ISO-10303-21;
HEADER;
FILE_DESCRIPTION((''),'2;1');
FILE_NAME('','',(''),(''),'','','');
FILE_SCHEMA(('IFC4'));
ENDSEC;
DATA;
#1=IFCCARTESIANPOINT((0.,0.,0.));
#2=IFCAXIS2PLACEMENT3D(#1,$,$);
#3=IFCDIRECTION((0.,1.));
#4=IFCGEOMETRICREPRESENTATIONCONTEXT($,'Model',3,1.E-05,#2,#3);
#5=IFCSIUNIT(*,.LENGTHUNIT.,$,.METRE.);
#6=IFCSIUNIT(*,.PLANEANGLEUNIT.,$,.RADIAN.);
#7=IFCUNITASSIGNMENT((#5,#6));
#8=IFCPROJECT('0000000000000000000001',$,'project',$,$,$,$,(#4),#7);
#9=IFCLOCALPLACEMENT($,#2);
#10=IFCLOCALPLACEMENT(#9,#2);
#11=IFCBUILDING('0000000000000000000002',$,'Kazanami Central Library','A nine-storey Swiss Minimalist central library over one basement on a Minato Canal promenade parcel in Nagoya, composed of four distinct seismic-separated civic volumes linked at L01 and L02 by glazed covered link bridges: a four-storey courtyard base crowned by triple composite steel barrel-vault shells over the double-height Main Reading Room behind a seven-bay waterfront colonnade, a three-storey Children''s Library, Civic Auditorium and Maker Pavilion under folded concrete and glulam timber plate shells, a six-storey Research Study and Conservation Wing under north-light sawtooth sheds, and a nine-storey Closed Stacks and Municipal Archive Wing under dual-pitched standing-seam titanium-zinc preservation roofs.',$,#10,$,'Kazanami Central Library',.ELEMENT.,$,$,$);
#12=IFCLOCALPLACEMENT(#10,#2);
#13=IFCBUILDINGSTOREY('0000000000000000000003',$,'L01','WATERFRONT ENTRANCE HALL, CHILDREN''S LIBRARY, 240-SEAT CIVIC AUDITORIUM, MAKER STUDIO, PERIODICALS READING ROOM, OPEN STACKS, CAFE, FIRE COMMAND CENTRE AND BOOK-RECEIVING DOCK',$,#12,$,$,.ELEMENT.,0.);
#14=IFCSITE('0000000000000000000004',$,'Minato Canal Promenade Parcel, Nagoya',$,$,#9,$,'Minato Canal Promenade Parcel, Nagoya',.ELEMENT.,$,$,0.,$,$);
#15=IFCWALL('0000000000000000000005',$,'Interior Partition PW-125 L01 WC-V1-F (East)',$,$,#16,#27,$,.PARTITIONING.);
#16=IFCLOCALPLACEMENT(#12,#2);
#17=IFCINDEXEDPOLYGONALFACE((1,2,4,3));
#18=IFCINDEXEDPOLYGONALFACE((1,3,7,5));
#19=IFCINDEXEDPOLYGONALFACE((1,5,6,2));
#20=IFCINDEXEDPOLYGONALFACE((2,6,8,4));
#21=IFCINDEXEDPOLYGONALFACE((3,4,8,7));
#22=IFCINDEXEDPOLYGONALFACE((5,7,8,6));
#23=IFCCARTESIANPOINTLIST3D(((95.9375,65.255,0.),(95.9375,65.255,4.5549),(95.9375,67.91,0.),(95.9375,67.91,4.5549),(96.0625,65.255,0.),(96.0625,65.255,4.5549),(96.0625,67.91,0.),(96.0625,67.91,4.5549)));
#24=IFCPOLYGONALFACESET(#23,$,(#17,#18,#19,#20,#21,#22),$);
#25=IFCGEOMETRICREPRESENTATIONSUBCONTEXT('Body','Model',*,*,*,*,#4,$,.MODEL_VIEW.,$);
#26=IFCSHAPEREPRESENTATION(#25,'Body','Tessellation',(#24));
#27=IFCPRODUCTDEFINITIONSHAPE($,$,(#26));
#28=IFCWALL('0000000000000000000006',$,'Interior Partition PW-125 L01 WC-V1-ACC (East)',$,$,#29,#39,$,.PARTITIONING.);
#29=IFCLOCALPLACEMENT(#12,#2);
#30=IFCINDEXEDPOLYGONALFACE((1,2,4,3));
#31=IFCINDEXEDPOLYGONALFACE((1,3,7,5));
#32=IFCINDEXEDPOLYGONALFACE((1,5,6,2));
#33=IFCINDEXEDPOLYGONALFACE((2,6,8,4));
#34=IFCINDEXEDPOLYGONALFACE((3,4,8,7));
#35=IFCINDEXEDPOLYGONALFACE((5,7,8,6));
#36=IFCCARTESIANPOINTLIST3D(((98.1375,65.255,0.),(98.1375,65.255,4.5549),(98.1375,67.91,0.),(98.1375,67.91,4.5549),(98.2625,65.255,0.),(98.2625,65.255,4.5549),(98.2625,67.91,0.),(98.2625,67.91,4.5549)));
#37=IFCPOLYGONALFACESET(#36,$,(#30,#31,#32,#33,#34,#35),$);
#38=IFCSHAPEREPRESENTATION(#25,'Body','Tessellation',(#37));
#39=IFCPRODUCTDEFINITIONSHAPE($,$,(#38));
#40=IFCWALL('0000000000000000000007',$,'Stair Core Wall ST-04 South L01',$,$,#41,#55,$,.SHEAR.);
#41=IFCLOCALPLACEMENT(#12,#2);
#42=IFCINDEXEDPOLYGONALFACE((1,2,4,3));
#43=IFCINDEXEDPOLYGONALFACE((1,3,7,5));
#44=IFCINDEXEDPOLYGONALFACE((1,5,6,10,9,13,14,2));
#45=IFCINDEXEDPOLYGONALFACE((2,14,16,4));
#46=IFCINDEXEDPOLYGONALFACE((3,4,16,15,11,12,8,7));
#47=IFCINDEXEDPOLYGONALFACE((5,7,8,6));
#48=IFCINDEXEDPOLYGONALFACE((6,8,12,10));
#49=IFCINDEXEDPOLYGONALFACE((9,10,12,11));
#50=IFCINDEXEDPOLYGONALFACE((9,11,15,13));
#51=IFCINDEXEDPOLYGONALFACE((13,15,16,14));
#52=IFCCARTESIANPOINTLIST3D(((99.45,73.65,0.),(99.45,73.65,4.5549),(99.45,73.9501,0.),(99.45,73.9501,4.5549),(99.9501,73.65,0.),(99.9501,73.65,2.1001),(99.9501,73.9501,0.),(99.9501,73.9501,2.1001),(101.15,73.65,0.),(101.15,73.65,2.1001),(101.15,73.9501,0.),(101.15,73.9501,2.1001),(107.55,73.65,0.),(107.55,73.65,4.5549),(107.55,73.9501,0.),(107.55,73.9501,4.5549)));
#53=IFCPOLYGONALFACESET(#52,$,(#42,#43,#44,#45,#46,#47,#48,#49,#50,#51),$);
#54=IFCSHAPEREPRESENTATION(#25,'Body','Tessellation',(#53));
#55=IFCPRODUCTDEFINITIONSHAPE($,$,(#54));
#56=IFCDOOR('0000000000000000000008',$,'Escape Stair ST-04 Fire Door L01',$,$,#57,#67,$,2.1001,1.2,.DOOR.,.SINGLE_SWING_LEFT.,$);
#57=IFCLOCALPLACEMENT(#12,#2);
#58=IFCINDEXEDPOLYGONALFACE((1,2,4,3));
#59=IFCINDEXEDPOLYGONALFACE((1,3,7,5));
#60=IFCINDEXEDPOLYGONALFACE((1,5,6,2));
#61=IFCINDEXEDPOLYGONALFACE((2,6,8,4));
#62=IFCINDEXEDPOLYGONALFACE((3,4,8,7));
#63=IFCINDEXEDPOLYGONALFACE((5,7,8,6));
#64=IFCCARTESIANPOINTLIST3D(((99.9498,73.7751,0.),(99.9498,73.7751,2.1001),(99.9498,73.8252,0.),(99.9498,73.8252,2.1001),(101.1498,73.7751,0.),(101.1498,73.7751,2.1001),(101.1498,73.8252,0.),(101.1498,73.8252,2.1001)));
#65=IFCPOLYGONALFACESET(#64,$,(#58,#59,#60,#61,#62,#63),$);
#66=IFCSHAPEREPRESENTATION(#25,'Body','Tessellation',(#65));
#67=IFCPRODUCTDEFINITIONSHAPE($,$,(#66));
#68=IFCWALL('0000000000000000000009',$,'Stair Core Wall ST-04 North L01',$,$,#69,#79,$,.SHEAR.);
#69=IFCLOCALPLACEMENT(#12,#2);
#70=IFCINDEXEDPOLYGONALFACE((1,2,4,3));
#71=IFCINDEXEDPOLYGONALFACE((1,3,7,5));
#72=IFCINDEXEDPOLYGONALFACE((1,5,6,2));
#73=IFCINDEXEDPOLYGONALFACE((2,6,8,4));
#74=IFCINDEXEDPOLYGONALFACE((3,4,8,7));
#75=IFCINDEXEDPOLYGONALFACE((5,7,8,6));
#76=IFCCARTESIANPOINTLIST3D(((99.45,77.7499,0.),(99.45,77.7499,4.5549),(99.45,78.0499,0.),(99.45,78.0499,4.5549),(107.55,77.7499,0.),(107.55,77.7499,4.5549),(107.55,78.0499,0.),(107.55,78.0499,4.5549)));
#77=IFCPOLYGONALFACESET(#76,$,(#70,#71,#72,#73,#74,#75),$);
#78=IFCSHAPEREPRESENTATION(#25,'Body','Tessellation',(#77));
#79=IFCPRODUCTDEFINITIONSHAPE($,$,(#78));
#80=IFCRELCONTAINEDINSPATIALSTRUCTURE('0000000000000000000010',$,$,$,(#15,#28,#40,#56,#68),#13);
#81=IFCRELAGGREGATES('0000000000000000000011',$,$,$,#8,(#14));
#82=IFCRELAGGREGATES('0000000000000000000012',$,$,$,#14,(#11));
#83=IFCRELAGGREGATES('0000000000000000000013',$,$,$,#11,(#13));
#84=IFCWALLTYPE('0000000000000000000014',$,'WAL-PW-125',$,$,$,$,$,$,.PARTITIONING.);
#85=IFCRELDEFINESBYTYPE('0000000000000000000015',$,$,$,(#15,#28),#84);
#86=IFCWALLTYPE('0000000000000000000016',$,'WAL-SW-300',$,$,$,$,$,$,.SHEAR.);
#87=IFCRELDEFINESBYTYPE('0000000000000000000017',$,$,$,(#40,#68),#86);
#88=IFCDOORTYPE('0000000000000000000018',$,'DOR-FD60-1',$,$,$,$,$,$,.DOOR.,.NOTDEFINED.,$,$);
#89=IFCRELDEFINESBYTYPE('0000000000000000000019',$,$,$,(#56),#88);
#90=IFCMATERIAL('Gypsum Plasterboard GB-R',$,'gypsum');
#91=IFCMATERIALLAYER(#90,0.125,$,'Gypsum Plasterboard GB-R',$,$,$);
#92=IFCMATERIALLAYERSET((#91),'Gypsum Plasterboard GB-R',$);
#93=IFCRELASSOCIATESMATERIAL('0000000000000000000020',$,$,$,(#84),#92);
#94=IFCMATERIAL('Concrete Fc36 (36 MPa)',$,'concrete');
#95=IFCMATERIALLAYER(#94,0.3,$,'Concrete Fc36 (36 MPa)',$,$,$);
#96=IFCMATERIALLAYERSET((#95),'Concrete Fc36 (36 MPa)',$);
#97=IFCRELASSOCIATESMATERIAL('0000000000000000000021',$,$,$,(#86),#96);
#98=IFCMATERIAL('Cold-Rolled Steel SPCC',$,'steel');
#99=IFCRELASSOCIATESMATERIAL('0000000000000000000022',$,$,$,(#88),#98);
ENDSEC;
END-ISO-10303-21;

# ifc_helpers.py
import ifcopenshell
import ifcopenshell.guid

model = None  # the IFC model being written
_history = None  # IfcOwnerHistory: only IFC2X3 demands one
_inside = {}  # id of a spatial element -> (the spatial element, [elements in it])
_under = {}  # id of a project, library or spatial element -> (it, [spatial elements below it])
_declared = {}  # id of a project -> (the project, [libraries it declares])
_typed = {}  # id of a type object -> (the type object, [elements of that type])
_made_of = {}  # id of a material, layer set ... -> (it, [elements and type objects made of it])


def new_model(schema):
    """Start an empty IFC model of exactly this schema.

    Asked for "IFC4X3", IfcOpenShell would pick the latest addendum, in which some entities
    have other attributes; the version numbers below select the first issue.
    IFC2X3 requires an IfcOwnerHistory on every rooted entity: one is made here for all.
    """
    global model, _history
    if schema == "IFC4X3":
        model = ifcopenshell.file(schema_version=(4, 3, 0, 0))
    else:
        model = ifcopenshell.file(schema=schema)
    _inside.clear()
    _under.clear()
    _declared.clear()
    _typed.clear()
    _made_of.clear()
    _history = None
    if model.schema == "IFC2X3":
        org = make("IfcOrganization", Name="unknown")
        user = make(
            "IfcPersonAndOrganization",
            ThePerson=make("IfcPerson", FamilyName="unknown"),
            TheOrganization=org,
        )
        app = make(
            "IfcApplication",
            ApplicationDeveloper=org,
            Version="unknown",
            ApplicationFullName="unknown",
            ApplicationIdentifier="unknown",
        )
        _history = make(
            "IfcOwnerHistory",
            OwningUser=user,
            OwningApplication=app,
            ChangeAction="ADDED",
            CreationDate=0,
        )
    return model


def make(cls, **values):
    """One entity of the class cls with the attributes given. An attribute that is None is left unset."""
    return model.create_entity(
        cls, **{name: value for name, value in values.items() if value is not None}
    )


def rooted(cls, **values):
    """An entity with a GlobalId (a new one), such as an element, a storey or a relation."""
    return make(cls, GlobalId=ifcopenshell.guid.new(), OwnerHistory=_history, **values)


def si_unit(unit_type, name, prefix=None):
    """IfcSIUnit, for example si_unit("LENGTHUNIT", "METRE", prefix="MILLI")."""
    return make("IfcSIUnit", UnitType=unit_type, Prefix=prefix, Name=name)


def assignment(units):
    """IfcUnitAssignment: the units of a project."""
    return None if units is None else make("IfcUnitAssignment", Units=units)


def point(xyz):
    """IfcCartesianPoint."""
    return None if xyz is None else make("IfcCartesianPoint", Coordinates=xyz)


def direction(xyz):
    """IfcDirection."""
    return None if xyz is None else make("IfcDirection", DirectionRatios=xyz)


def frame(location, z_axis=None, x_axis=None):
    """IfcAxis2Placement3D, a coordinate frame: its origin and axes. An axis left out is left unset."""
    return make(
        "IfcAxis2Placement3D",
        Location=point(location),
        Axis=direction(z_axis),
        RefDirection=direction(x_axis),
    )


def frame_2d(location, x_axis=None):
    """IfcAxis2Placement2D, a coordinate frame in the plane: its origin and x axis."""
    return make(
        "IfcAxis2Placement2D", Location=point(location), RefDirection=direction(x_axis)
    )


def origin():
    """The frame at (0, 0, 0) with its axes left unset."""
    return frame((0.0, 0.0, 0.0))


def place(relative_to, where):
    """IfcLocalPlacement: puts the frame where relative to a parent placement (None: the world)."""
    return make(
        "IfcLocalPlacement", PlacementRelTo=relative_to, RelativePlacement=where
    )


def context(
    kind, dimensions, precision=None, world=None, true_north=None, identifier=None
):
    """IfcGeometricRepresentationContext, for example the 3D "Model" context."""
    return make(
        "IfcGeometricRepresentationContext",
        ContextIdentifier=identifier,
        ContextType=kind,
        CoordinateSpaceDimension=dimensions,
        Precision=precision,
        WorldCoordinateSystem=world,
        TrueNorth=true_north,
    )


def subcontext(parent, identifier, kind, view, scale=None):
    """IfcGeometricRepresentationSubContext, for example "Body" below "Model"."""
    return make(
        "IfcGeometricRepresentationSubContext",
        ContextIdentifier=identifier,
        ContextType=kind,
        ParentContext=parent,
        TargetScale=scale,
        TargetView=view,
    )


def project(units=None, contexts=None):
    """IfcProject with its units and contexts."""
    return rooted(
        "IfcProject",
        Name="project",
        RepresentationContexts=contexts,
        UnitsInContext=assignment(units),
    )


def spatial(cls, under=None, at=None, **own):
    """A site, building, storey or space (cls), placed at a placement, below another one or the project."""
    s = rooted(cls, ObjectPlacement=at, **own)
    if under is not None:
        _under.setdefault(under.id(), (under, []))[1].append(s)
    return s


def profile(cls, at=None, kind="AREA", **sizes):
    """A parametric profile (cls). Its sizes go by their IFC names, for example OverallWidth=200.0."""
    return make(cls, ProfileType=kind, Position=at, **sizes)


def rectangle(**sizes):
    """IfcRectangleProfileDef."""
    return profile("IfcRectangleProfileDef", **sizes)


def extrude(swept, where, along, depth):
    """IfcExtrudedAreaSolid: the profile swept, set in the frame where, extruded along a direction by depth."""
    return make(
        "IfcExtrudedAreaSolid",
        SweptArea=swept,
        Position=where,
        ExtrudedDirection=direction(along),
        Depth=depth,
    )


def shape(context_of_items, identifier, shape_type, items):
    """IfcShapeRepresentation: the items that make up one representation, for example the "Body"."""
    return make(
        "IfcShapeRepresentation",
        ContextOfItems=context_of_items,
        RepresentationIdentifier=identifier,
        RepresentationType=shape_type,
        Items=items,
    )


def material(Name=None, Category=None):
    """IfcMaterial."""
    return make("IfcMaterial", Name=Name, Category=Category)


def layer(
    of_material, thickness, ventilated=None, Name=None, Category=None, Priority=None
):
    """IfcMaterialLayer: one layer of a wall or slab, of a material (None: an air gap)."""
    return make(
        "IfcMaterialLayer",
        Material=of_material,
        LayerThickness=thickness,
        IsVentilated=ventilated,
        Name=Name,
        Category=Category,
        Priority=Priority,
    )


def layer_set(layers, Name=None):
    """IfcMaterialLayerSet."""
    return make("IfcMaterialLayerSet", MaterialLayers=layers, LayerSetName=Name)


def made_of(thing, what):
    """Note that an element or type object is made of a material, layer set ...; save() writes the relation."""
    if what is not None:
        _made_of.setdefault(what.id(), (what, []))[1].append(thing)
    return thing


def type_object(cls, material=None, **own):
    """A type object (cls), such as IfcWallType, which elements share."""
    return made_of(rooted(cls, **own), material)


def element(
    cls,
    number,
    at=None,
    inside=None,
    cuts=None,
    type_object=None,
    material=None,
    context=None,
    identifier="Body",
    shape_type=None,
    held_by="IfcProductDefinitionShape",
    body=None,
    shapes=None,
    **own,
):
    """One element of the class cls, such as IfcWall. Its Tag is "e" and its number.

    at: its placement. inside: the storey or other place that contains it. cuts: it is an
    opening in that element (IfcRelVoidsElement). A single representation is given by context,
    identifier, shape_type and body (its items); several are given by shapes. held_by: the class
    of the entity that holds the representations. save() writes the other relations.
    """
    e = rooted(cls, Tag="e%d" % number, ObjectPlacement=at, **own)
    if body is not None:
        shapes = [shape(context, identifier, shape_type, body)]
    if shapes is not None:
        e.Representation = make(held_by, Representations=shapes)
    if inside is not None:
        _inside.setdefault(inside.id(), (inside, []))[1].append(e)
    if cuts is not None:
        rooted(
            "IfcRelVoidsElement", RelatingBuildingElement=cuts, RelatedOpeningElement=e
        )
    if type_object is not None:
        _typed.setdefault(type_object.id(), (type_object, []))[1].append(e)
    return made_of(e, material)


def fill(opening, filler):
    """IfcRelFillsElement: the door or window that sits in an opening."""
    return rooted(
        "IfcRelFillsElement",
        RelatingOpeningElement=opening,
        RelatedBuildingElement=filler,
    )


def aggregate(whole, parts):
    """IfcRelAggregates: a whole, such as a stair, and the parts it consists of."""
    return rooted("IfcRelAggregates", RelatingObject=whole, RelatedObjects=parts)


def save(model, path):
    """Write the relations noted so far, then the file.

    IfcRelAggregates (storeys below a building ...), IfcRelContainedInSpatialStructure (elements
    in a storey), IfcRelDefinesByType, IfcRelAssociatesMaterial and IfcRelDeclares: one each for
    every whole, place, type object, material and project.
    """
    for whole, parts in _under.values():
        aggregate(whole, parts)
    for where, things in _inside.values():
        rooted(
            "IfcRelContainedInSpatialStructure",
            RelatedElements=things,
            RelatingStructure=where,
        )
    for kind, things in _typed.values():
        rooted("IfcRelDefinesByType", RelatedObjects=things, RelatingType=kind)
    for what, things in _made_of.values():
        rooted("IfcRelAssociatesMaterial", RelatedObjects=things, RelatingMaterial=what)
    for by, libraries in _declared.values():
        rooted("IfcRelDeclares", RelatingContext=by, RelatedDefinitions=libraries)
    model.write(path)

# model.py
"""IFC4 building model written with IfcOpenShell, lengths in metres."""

from ifc_helpers import new_model, si_unit, direction, frame, frame_2d, origin, place, context, subcontext, project, spatial, rectangle, extrude, material, layer, layer_set, type_object, element, fill, save


model = new_model("IFC4")

# Units and contexts
model_context = context("Model", 3, precision=1e-05, world=origin(), true_north=direction((0.0, 1.0)))
body_context = subcontext(model_context, "Body", "Model", "MODEL_VIEW")
ifc_project = project(units=[si_unit("LENGTHUNIT", "METRE"), si_unit("PLANEANGLEUNIT", "RADIAN")], contexts=[model_context])

# Site, building, storey
site_placement = place(None, origin())
site = spatial("IfcSite", under=ifc_project, at=site_placement, Name="Minato Canal Promenade Parcel, Nagoya", LongName="Minato Canal Promenade Parcel, Nagoya", CompositionType="ELEMENT", RefElevation=0.0)
building_placement = place(site_placement, origin())
building = spatial("IfcBuilding", under=site, at=building_placement, Name="Kazanami Central Library", Description="A nine-storey Swiss Minimalist central library over one basement on a Minato Canal promenade parcel in Nagoya, composed of four distinct seismic-separated civic volumes linked at L01 and L02 by glazed covered link bridges: a four-storey courtyard base crowned by triple composite steel barrel-vault shells over the double-height Main Reading Room behind a seven-bay waterfront colonnade, a three-storey Children's Library, Civic Auditorium and Maker Pavilion under folded concrete and glulam timber plate shells, a six-storey Research Study and Conservation Wing under north-light sawtooth sheds, and a nine-storey Closed Stacks and Municipal Archive Wing under dual-pitched standing-seam titanium-zinc preservation roofs.", LongName="Kazanami Central Library", CompositionType="ELEMENT")
storey_placement = place(building_placement, origin())
storey = spatial("IfcBuildingStorey", under=building, at=storey_placement, Name="L01", Description="WATERFRONT ENTRANCE HALL, CHILDREN'S LIBRARY, 240-SEAT CIVIC AUDITORIUM, MAKER STUDIO, PERIODICALS READING ROOM, OPEN STACKS, CAFE, FIRE COMMAND CENTRE AND BOOK-RECEIVING DOCK", CompositionType="ELEMENT", Elevation=0.0)

# Shared definitions
ifc_material_1 = material(Name="Cold-Rolled Steel SPCC", Category="steel")

# Walls
ifc_material_2 = material(Name="Gypsum Plasterboard GB-R", Category="gypsum")
ifc_layer_1 = layer(ifc_material_2, 0.125, Name="Gypsum Plasterboard GB-R")
ifc_layer_set_1 = layer_set([ifc_layer_1], Name="Gypsum Plasterboard GB-R")
wall_type_1 = type_object("IfcWallType", Name="WAL-PW-125", PredefinedType="PARTITIONING", material=ifc_layer_set_1)
for number, where, z_axis, x_axis, name in (
    (1, (96.0, 65.2549, 0.0), (0.0, 0.0, 1.0), (0.0, 1.0, 0.0), "Interior Partition PW-125 L01 WC-V1-F (East)"),
    (2, (98.2, 65.2549, 0.0), (0.0, 0.0, 1.0), (0.0, 1.0, 0.0), "Interior Partition PW-125 L01 WC-V1-ACC (East)"),
):
    element("IfcWall", number, at=place(storey_placement, frame(where, z_axis=z_axis, x_axis=x_axis)), inside=storey, type_object=wall_type_1, Name=name, PredefinedType="PARTITIONING", context=body_context, shape_type="SweptSolid", body=[
        extrude(rectangle(XDim=2.655, YDim=0.125, at=frame_2d((1.3276, 0.0))), origin(), (0.0, 0.0, 1.0), 4.5549),
    ])

# Wall, opening, door
ifc_material_3 = material(Name="Concrete Fc36 (36 MPa)", Category="concrete")
ifc_layer_2 = layer(ifc_material_3, 0.3, Name="Concrete Fc36 (36 MPa)")
ifc_layer_set_2 = layer_set([ifc_layer_2], Name="Concrete Fc36 (36 MPa)")
wall_type_2 = type_object("IfcWallType", Name="WAL-SW-300", PredefinedType="SHEAR", material=ifc_layer_set_2)
wall_1_placement = place(storey_placement, frame((99.45, 73.8, 0.0), z_axis=(0.0, 0.0, 1.0), x_axis=(1.0, 0.0, 0.0)))
wall_1 = element("IfcWall", 3, at=wall_1_placement, inside=storey, type_object=wall_type_2, Name="Stair Core Wall ST-04 South L01", PredefinedType="SHEAR", context=body_context, shape_type="SweptSolid", body=[
    extrude(rectangle(XDim=8.1001, YDim=0.3, at=frame_2d((4.05, 0.0))), origin(), (0.0, 0.0, 1.0), 4.5549),
])
opening_1_placement = place(wall_1_placement, frame((0.5, 0.0, 0.0)))
opening_1 = element("IfcOpeningElement", 4, at=opening_1_placement, cuts=wall_1, PredefinedType="OPENING", context=body_context, shape_type="SweptSolid", body=[
    extrude(rectangle(XDim=1.2, YDim=2.1001, at=frame_2d((0.6001, 1.05))), frame((0.0, 0.1621, 0.0), z_axis=(0.0, -1.0, 0.0), x_axis=(1.0, 0.0, 0.0)), (0.0, 0.0, 1.0), 0.324),
])
door_type_1 = type_object("IfcDoorType", Name="DOR-FD60-1", OperationType="NOTDEFINED", PredefinedType="DOOR", material=ifc_material_1)
door_1_placement = place(opening_1_placement, frame((1.2, 0.0, 0.0), z_axis=(0.0, 0.0, 1.0), x_axis=(-1.0, 0.0, 0.0)))
door_1 = element("IfcDoor", 5, at=door_1_placement, inside=storey, type_object=door_type_1, Name="Escape Stair ST-04 Fire Door L01", OperationType="SINGLE_SWING_LEFT", OverallHeight=2.1001, OverallWidth=1.2, PredefinedType="DOOR", context=body_context, shape_type="SweptSolid", body=[
    extrude(rectangle(XDim=1.2, YDim=2.1001, at=frame_2d((0.6001, 1.05))), frame((0.0, 0.0249, 0.0), z_axis=(0.0, -1.0, 0.0), x_axis=(1.0, 0.0, 0.0)), (0.0, 0.0, 1.0), 0.05),
])
fill(opening_1, door_1)

# Wall
wall_2_placement = place(storey_placement, frame((99.45, 77.8999, 0.0), z_axis=(0.0, 0.0, 1.0), x_axis=(1.0, 0.0, 0.0)))
element("IfcWall", 6, at=wall_2_placement, inside=storey, type_object=wall_type_2, Name="Stair Core Wall ST-04 North L01", PredefinedType="SHEAR", context=body_context, shape_type="SweptSolid", body=[
    extrude(rectangle(XDim=8.1001, YDim=0.3, at=frame_2d((4.05, 0.0))), origin(), (0.0, 0.0, 1.0), 4.5549),
])

save(model, "model.ifc")
